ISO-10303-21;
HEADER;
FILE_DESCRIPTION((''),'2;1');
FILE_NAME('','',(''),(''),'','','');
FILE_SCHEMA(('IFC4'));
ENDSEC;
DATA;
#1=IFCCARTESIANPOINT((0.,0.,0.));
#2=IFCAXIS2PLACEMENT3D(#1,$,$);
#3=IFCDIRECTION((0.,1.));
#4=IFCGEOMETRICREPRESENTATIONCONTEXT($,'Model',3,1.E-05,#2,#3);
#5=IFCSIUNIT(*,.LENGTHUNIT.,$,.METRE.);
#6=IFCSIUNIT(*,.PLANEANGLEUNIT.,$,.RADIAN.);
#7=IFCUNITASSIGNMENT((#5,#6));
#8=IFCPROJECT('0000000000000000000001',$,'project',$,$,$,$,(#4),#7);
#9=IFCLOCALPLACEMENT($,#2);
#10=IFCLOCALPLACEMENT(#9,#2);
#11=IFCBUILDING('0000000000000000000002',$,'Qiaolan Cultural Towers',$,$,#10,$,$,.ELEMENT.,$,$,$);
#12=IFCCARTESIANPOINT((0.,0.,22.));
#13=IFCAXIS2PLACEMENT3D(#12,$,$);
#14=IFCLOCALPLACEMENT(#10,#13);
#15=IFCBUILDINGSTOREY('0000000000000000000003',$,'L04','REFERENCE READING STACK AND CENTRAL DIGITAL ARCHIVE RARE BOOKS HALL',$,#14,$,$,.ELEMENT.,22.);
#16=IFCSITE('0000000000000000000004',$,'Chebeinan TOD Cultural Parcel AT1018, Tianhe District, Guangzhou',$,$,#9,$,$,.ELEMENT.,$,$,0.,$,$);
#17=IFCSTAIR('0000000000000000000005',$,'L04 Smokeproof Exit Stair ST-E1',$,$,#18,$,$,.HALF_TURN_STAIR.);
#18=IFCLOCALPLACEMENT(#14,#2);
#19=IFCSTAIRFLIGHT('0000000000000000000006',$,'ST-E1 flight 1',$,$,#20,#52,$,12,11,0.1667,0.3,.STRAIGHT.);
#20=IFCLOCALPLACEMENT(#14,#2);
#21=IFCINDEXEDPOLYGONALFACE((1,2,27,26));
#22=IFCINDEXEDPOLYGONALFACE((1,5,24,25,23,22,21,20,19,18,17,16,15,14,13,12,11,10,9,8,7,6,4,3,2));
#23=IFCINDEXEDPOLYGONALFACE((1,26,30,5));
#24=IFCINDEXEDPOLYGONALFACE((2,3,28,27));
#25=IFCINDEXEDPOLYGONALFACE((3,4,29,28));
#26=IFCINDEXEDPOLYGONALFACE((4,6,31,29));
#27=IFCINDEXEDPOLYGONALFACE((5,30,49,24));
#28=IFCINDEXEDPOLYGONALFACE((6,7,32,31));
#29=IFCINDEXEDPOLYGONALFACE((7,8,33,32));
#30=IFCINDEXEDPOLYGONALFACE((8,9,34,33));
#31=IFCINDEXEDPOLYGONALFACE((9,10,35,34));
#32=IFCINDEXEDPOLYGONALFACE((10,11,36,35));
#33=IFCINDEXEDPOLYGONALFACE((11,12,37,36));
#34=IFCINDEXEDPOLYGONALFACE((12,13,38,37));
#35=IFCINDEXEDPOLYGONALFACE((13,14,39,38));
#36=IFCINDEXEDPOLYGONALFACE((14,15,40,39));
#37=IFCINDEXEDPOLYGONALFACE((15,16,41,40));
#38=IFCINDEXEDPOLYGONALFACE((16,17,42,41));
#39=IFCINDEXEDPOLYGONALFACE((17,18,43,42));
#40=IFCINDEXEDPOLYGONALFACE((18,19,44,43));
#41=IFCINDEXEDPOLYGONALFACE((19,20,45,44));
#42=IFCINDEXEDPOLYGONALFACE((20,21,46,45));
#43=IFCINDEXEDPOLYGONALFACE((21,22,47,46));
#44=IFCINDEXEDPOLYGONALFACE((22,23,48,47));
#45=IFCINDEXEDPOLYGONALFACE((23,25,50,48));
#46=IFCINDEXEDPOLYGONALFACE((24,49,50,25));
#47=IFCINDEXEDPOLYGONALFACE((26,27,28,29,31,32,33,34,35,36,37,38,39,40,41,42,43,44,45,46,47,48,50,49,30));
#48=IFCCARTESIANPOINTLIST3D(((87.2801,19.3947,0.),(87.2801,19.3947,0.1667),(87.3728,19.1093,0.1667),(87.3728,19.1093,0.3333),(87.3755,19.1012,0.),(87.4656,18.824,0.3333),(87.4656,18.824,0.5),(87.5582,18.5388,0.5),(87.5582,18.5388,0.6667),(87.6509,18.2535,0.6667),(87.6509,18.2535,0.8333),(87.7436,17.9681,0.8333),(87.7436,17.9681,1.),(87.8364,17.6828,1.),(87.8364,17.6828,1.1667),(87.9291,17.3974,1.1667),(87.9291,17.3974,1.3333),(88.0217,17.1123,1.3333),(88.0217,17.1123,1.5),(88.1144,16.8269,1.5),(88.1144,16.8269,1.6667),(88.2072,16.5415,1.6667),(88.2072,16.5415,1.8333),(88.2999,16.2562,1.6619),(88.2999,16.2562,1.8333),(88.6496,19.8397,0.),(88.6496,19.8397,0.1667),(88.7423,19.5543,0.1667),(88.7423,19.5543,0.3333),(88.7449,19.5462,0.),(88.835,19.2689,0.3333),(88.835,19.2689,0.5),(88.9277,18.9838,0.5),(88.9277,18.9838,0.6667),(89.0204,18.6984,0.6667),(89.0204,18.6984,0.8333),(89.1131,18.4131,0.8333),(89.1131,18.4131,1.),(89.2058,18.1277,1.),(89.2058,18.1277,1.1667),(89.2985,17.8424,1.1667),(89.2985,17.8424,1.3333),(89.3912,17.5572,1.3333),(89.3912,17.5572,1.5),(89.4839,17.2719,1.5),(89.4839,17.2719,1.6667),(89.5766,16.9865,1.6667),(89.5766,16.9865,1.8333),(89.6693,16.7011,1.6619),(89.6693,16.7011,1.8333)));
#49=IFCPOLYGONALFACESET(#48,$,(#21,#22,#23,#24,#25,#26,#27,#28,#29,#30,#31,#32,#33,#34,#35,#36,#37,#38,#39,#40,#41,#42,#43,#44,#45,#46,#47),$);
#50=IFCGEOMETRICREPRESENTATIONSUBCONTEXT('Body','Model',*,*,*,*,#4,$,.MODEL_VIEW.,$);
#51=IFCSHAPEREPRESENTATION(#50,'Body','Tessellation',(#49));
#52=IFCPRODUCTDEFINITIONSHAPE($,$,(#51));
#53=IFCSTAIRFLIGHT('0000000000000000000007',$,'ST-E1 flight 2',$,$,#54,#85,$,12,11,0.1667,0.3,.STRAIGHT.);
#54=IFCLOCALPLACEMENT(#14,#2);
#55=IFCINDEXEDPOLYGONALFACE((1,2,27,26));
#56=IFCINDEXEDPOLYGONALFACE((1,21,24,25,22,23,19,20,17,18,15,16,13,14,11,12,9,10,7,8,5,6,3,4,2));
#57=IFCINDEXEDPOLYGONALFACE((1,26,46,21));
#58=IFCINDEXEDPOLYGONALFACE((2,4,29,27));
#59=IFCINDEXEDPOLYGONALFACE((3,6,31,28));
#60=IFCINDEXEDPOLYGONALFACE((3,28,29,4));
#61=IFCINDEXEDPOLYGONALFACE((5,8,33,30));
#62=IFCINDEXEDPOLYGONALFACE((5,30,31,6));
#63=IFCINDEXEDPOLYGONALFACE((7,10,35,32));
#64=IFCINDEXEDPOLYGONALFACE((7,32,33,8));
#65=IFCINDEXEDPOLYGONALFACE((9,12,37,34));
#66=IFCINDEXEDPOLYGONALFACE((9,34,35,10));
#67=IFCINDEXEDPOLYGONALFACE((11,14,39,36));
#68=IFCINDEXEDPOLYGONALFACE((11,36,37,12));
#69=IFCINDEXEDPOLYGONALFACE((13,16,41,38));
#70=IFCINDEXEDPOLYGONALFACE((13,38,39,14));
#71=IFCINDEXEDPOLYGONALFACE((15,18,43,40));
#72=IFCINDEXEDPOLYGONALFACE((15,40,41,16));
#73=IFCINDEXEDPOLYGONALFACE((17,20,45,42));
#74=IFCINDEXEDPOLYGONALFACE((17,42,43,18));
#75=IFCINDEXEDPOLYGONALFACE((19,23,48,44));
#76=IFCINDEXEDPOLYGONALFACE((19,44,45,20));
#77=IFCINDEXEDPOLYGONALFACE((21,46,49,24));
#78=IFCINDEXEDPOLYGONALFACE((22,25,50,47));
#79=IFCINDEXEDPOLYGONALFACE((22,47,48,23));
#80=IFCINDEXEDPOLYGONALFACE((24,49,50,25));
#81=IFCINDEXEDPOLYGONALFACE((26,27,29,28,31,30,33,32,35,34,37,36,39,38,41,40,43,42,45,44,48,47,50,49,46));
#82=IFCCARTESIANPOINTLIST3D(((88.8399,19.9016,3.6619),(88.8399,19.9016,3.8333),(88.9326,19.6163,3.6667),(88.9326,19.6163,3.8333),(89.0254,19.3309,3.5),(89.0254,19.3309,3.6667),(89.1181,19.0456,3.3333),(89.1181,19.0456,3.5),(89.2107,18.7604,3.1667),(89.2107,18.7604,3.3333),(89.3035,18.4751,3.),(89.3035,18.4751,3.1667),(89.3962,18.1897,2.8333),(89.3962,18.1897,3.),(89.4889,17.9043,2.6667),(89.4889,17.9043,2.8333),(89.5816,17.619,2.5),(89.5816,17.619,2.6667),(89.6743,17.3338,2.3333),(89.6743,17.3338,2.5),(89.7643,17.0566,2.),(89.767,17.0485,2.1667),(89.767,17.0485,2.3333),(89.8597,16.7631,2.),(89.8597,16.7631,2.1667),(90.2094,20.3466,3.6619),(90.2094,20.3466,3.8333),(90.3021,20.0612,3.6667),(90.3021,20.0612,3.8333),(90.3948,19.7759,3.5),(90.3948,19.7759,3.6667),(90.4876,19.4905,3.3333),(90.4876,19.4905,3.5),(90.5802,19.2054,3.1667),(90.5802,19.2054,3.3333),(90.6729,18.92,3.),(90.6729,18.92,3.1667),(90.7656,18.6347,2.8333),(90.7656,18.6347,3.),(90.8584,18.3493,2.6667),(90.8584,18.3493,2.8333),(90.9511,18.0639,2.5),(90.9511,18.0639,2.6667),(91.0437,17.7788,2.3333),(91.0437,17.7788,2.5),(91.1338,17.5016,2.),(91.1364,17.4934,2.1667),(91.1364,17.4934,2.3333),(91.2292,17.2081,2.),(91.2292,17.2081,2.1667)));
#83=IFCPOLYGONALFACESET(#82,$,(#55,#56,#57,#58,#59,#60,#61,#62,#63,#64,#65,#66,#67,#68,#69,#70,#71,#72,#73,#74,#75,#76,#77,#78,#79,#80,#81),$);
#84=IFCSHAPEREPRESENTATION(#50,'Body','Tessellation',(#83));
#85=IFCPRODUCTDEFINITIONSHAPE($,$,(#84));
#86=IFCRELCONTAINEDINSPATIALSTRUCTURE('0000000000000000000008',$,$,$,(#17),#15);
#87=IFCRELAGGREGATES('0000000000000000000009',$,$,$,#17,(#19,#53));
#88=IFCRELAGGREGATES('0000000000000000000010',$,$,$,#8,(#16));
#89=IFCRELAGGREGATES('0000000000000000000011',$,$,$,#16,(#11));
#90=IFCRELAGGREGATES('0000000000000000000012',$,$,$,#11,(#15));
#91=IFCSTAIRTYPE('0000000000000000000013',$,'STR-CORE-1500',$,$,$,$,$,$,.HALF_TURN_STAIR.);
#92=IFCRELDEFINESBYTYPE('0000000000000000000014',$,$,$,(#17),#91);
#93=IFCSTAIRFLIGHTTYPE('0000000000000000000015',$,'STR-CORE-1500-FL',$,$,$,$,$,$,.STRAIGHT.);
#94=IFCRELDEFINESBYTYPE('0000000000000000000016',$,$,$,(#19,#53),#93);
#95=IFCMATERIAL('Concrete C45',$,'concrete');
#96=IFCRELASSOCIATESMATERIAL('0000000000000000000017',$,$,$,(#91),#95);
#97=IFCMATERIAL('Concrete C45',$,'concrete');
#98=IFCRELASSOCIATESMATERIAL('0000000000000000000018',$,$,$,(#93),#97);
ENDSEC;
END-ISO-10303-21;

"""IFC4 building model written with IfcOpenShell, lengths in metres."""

from ifc_helpers import new_model, si_unit, direction, frame, origin, place, context, subcontext, project, spatial, polyline, outline, extrude, material, type_object, element, aggregate, save


model = new_model("IFC4")

# Units and contexts
model_context = context("Model", 3, precision=1e-05, world=origin(), true_north=direction((0.0, 1.0)))
body_context = subcontext(model_context, "Body", "Model", "MODEL_VIEW")
ifc_project = project(units=[si_unit("LENGTHUNIT", "METRE"), si_unit("PLANEANGLEUNIT", "RADIAN")], contexts=[model_context])

# Site, building, storey
site_placement = place(None, origin())
site = spatial("IfcSite", under=ifc_project, at=site_placement, Name="Chebeinan TOD Cultural Parcel AT1018, Tianhe District, Guangzhou", CompositionType="ELEMENT", RefElevation=0.0)
building_placement = place(site_placement, origin())
building = spatial("IfcBuilding", under=site, at=building_placement, Name="Qiaolan Cultural Towers", CompositionType="ELEMENT")
storey_placement = place(building_placement, frame((0.0, 0.0, 22.0)))
storey = spatial("IfcBuildingStorey", under=building, at=storey_placement, Name="L04", Description="REFERENCE READING STACK AND CENTRAL DIGITAL ARCHIVE RARE BOOKS HALL", CompositionType="ELEMENT", Elevation=22.0)

# Stair, stair flights
ifc_material_1 = material(Name="Concrete C45", Category="concrete")
stair_type = type_object("IfcStairType", Name="STR-CORE-1500", PredefinedType="HALF_TURN_STAIR", material=ifc_material_1)
stair_placement = place(storey_placement, origin())
stair = element("IfcStair", 1, at=stair_placement, inside=storey, type_object=stair_type, Name="L04 Smokeproof Exit Stair ST-E1", PredefinedType="HALF_TURN_STAIR")
ifc_material_2 = material(Name="Concrete C45", Category="concrete")
stair_flight_type = type_object("IfcStairFlightType", Name="STR-CORE-1500-FL", PredefinedType="STRAIGHT", material=ifc_material_2)
stair_flight_1_placement = place(storey_placement, frame((87.9648, 19.6172, 0.0), z_axis=(0.0, 0.0, 1.0), x_axis=(0.309017, -0.951057, 0.0)))
stair_flight_1 = element("IfcStairFlight", 2, at=stair_flight_1_placement, type_object=stair_flight_type, Name="ST-E1 flight 1", NumberOfRisers=12, NumberOfTreads=11, PredefinedType="STRAIGHT", RiserHeight=0.1667, TreadLength=0.3, context=body_context, shape_type="SweptSolid", body=[
    extrude(outline(polyline([(0.0, 0.0), (0.0, 0.1667), (0.3, 0.1667), (0.3, 0.3333), (0.6001, 0.3333), (0.6001, 0.5), (0.8999, 0.5), (0.8999, 0.6667), (1.2, 0.6667), (1.2, 0.8333), (1.5, 0.8333), (1.5, 1.0), (1.8, 1.0), (1.8, 1.1667), (2.1001, 1.1667), (2.1001, 1.3333), (2.3999, 1.3333), (2.3999, 1.5), (2.7, 1.5), (2.7, 1.6667), (3.0, 1.6667), (3.0, 1.8333), (3.3, 1.8333), (3.3, 2.0), (3.3, 1.6619), (0.3086, 0.0), (0.0, 0.0)])), frame((0.0, 0.72, 0.0), z_axis=(0.0, -1.0, 0.0), x_axis=(1.0, 0.0, 0.0)), (0.0, 0.0, 1.0), 1.4399),
])
stair_flight_2_placement = place(storey_placement, frame((90.5444, 16.9856, 2.0), z_axis=(0.0, 0.0, 1.0), x_axis=(-0.309017, 0.951057, 0.0)))
stair_flight_2 = element("IfcStairFlight", 3, at=stair_flight_2_placement, type_object=stair_flight_type, Name="ST-E1 flight 2", NumberOfRisers=12, NumberOfTreads=11, PredefinedType="STRAIGHT", RiserHeight=0.1667, TreadLength=0.3, context=body_context, shape_type="SweptSolid", body=[
    extrude(outline(polyline([(0.0, 0.0), (0.0, 0.1667), (0.3, 0.1667), (0.3, 0.3333), (0.6001, 0.3333), (0.6001, 0.5), (0.8999, 0.5), (0.8999, 0.6667), (1.2, 0.6667), (1.2, 0.8333), (1.5, 0.8333), (1.5, 1.0), (1.8, 1.0), (1.8, 1.1667), (2.1001, 1.1667), (2.1001, 1.3333), (2.3999, 1.3333), (2.3999, 1.5), (2.7, 1.5), (2.7, 1.6667), (3.0, 1.6667), (3.0, 1.8333), (3.3, 1.8333), (3.3, 2.0), (3.3, 1.6619), (0.3086, 0.0), (0.0, 0.0)])), frame((0.0, 0.72, 0.0), z_axis=(0.0, -1.0, 0.0), x_axis=(1.0, 0.0, 0.0)), (0.0, 0.0, 1.0), 1.4399),
])
aggregate(stair, [stair_flight_1, stair_flight_2])

save(model, "model.ifc")
